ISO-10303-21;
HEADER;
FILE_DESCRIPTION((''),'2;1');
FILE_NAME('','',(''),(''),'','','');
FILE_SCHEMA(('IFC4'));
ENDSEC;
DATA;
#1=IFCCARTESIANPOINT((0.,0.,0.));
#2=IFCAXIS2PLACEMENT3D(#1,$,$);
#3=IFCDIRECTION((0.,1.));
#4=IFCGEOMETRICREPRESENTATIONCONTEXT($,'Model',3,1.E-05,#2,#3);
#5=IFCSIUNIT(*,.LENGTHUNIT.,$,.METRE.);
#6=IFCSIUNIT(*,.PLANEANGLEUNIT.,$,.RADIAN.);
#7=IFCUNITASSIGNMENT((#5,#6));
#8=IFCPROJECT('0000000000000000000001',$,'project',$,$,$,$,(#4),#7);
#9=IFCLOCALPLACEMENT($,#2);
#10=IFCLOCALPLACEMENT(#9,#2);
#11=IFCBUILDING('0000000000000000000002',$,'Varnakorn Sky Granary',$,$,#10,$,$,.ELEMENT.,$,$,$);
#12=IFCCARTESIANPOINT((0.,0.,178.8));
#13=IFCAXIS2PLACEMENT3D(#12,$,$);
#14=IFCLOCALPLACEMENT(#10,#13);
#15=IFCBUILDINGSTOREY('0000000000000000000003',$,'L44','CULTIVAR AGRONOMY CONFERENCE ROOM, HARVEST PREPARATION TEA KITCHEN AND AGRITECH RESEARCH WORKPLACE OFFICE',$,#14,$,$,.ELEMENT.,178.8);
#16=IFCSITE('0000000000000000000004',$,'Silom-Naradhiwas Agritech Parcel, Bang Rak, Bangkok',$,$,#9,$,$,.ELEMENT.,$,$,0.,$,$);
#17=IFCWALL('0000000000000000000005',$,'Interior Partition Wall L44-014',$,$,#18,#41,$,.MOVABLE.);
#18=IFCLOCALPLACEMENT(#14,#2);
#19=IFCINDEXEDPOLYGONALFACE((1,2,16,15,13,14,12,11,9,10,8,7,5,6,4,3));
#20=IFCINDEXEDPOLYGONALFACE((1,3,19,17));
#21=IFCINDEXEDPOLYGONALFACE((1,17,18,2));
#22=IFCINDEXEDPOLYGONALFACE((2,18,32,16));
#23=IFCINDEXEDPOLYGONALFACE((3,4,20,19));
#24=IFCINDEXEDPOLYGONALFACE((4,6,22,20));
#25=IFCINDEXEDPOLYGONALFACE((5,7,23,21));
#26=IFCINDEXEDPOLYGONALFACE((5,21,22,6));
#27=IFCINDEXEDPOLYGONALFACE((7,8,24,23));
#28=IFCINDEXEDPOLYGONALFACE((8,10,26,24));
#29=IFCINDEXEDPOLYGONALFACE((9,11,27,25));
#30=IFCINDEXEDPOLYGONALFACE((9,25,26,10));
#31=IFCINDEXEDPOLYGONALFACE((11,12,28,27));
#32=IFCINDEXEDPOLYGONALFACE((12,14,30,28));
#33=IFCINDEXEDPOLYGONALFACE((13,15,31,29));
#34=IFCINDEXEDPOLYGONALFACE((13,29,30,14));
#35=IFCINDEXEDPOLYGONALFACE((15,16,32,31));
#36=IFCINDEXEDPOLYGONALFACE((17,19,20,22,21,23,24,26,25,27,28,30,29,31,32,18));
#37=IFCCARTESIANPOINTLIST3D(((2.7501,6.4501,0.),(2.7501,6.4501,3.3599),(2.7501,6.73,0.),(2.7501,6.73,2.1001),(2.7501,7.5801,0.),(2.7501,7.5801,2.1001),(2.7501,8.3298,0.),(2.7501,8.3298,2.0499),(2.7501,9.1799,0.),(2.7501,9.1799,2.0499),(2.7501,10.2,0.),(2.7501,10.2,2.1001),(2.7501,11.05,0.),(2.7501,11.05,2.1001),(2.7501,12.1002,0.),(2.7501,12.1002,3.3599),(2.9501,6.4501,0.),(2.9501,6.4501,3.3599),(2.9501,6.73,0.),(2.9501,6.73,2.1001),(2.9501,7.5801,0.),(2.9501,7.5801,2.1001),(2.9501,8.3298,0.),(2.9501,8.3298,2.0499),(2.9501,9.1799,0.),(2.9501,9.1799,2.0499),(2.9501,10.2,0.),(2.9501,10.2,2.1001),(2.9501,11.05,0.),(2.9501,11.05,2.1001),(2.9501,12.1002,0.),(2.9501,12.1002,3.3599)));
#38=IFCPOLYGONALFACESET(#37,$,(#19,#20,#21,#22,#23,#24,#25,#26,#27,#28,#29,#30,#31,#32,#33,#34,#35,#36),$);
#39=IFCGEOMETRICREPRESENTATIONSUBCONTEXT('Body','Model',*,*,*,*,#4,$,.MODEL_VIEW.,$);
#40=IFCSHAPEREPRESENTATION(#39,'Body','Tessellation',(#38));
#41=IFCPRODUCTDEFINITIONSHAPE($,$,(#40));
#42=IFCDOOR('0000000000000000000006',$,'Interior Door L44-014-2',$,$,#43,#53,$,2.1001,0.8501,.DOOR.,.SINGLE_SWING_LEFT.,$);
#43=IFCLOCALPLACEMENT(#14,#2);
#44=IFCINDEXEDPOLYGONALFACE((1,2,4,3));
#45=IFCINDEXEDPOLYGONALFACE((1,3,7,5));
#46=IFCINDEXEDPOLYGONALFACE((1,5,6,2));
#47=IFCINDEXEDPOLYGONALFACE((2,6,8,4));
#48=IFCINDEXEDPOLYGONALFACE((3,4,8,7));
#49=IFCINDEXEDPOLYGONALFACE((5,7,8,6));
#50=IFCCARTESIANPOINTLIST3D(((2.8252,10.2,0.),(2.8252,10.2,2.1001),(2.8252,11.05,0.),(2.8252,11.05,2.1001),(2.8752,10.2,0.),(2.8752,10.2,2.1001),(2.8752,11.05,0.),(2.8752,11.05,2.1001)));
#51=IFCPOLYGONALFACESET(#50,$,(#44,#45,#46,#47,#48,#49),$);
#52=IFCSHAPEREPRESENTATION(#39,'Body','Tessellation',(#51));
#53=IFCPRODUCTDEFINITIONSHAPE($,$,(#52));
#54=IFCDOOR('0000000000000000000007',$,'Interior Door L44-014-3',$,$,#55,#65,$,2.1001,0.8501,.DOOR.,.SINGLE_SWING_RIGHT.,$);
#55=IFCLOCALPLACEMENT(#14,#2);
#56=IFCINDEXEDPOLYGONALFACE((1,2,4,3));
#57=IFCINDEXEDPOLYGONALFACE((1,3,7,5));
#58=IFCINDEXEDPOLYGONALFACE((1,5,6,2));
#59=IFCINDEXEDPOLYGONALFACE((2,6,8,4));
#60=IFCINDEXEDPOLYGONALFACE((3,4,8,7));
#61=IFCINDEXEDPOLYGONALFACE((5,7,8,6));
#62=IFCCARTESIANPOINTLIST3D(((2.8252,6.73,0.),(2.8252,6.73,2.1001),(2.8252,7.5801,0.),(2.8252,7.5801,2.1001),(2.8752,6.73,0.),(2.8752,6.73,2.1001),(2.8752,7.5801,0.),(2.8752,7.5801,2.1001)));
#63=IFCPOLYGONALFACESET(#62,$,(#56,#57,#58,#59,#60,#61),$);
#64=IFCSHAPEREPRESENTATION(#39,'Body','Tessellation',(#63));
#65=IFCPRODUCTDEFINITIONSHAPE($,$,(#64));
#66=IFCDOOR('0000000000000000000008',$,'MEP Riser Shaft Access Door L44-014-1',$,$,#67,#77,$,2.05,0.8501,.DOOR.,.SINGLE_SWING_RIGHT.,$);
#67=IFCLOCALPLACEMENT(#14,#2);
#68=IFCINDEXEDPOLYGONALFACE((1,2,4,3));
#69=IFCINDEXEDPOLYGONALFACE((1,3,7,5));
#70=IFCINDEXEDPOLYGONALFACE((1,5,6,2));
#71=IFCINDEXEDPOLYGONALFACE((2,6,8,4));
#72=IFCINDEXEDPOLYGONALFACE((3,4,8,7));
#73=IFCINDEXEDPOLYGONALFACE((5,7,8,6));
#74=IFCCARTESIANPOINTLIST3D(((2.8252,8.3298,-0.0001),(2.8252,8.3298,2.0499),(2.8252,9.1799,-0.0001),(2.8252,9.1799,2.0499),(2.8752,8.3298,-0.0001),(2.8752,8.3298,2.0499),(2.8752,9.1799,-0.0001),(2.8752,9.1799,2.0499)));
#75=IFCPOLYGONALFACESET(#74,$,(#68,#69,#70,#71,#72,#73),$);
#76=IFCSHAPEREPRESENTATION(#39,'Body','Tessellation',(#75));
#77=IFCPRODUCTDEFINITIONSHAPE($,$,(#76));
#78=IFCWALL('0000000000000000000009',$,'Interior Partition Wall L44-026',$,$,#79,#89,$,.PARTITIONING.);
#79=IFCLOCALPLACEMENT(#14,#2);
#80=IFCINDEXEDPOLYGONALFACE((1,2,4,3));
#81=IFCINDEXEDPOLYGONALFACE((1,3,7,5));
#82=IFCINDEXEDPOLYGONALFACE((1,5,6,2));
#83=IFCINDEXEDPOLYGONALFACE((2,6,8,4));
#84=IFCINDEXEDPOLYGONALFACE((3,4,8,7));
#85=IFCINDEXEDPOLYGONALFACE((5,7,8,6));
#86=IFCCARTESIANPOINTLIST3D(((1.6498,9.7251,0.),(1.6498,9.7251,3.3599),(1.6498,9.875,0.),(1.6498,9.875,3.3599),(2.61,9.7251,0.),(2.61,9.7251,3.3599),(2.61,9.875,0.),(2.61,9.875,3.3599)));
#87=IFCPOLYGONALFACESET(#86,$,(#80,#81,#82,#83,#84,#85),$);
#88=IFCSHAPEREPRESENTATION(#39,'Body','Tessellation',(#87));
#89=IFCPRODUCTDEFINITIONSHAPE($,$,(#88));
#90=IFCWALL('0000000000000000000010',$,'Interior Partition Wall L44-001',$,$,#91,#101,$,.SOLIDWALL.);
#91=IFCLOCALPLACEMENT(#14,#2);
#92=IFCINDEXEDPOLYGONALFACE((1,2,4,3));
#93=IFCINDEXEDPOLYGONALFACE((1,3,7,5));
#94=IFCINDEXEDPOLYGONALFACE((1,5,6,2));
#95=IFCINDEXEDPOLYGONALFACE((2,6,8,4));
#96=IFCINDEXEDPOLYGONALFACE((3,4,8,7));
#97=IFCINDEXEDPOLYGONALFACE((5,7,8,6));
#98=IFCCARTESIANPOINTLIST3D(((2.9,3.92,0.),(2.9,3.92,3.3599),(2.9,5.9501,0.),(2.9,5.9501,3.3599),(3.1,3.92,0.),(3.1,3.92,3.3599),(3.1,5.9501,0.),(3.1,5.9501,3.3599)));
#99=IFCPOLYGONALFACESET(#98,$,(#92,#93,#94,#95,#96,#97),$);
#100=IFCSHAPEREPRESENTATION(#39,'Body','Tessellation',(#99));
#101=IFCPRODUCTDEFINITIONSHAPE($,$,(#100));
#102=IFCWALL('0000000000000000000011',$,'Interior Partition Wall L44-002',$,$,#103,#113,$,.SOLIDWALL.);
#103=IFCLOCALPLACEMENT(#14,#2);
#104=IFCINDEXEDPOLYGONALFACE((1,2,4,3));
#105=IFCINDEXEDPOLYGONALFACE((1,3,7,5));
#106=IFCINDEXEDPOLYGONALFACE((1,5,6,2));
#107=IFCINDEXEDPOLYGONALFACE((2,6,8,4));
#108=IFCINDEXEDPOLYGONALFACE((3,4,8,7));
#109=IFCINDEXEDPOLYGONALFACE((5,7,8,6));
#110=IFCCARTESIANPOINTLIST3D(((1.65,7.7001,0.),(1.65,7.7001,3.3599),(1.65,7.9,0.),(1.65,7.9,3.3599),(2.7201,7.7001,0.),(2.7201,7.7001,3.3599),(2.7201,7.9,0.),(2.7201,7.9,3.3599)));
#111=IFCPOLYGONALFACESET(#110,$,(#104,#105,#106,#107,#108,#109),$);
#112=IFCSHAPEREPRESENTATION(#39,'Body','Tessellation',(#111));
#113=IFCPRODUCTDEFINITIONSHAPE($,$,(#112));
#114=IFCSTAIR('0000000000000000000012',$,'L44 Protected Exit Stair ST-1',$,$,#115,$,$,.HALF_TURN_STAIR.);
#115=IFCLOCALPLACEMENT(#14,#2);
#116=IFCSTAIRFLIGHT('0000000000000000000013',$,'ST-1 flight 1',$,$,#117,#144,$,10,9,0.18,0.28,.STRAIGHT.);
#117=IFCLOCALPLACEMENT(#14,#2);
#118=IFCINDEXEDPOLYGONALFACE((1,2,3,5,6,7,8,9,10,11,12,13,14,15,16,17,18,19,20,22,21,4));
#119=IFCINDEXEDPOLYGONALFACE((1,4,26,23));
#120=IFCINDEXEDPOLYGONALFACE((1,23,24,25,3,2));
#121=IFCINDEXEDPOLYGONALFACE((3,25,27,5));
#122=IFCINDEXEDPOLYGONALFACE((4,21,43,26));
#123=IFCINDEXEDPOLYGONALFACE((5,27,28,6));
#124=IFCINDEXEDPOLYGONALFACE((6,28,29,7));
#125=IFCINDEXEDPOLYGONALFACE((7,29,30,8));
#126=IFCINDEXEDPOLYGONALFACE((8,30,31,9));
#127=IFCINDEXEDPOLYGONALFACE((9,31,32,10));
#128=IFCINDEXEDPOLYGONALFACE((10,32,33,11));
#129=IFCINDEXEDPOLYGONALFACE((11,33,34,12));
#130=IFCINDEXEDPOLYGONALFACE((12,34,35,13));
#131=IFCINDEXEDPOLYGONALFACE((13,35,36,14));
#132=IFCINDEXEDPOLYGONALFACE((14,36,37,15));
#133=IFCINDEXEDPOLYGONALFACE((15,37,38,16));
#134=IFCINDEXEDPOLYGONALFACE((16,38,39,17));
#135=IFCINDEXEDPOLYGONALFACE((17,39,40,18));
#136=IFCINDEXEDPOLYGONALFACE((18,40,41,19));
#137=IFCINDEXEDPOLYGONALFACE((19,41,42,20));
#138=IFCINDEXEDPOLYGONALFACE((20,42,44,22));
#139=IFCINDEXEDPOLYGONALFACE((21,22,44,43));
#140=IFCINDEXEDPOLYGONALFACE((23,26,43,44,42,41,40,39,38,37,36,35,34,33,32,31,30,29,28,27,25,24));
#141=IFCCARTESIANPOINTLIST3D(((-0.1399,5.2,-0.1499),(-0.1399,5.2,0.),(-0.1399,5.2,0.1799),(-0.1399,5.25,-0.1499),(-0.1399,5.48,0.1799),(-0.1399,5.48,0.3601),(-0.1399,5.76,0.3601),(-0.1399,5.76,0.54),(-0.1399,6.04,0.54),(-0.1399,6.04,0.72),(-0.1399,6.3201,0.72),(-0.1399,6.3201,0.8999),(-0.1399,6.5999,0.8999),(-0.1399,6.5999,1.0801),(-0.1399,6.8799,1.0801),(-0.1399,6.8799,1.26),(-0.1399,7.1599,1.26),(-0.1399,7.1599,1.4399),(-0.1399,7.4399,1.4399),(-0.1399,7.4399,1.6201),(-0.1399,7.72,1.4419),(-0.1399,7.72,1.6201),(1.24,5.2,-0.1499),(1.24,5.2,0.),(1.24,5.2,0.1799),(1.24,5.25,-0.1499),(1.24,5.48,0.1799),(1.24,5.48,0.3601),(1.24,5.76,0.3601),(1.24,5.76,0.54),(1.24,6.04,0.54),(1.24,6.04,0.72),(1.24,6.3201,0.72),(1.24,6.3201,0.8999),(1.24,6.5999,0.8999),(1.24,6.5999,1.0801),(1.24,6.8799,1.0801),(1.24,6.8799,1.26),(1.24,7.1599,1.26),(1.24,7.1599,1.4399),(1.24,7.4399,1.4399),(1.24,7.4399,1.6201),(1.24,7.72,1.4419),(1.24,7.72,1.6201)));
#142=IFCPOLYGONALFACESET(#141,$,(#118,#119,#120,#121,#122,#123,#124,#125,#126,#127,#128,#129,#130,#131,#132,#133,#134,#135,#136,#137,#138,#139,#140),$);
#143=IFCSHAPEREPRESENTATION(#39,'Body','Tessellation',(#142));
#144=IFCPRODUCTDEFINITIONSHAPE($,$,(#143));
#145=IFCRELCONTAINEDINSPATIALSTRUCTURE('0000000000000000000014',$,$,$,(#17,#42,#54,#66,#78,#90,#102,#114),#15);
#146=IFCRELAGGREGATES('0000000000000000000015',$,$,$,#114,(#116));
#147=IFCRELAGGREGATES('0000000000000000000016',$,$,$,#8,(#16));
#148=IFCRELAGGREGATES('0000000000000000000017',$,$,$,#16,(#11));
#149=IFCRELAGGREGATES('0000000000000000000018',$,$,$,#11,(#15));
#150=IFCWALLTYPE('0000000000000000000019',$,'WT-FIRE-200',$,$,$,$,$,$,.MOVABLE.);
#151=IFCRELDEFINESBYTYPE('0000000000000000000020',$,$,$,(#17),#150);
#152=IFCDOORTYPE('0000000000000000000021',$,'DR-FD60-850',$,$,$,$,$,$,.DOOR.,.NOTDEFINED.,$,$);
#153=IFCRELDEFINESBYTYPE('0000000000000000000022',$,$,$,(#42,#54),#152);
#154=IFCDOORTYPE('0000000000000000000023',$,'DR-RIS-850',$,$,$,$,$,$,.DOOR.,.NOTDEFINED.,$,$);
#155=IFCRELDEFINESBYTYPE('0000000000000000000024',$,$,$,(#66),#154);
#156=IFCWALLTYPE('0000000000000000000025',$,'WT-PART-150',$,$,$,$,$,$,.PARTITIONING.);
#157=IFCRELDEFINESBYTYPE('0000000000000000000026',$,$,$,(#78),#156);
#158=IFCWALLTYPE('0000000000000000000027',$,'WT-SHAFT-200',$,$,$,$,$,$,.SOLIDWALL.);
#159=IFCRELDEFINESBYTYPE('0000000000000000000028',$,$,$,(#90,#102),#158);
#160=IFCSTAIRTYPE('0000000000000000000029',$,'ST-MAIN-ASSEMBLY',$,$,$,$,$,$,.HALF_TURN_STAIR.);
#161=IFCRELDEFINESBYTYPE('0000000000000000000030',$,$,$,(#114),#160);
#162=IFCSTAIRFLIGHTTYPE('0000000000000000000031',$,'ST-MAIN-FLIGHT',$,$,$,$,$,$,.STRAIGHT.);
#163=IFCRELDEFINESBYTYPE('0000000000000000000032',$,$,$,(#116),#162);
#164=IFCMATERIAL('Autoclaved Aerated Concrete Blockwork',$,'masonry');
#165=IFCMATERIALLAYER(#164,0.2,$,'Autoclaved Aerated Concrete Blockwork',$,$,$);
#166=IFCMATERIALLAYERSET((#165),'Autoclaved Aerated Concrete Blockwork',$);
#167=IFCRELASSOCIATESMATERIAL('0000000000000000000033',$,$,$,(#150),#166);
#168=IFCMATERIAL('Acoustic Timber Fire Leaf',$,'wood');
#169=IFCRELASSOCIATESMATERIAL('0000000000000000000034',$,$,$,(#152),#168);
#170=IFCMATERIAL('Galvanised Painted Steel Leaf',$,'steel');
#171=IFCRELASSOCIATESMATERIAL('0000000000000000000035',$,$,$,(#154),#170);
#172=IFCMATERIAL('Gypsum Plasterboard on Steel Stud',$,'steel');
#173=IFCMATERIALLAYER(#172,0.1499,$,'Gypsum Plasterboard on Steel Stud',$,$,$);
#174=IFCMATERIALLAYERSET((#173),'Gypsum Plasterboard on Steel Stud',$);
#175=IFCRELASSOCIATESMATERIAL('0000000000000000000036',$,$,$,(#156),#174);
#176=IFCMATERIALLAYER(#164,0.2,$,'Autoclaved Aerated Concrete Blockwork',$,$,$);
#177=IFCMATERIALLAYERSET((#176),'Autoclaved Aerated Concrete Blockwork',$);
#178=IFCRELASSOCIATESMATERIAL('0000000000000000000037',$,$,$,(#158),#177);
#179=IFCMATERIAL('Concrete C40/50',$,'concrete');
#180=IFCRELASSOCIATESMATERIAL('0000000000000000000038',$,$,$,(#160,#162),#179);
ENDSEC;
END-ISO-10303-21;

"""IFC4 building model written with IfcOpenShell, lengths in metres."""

from ifc_helpers import new_model, si_unit, direction, frame, frame_2d, origin, place, context, subcontext, project, spatial, polyline, rectangle, outline, extrude, material, layer, layer_set, type_object, element, fill, aggregate, save


model = new_model("IFC4")

# Units and contexts
model_context = context("Model", 3, precision=1e-05, world=origin(), true_north=direction((0.0, 1.0)))
body_context = subcontext(model_context, "Body", "Model", "MODEL_VIEW")
ifc_project = project(units=[si_unit("LENGTHUNIT", "METRE"), si_unit("PLANEANGLEUNIT", "RADIAN")], contexts=[model_context])

# Site, building, storey
site_placement = place(None, origin())
site = spatial("IfcSite", under=ifc_project, at=site_placement, Name="Silom-Naradhiwas Agritech Parcel, Bang Rak, Bangkok", CompositionType="ELEMENT", RefElevation=0.0)
building_placement = place(site_placement, origin())
building = spatial("IfcBuilding", under=site, at=building_placement, Name="Varnakorn Sky Granary", CompositionType="ELEMENT")
storey_placement = place(building_placement, frame((0.0, 0.0, 178.8)))
storey = spatial("IfcBuildingStorey", under=building, at=storey_placement, Name="L44", Description="CULTIVAR AGRONOMY CONFERENCE ROOM, HARVEST PREPARATION TEA KITCHEN AND AGRITECH RESEARCH WORKPLACE OFFICE", CompositionType="ELEMENT", Elevation=178.8)

# Wall, openings, doors
ifc_material_1 = material(Name="Autoclaved Aerated Concrete Blockwork", Category="masonry")
ifc_layer_1 = layer(ifc_material_1, 0.2, Name="Autoclaved Aerated Concrete Blockwork")
ifc_layer_set_1 = layer_set([ifc_layer_1], Name="Autoclaved Aerated Concrete Blockwork")
wall_type_1 = type_object("IfcWallType", Name="WT-FIRE-200", PredefinedType="MOVABLE", material=ifc_layer_set_1)
wall_1_placement = place(storey_placement, frame((2.8501, 6.45, 0.0), z_axis=(0.0, 0.0, 1.0), x_axis=(0.0, 1.0, 0.0)))
wall_1 = element("IfcWall", 1, at=wall_1_placement, inside=storey, type_object=wall_type_1, Name="Interior Partition Wall L44-014", PredefinedType="MOVABLE", context=body_context, shape_type="SweptSolid", body=[
    extrude(rectangle(XDim=5.6501, YDim=0.2, at=frame_2d((2.8252, 0.0))), origin(), (0.0, 0.0, 1.0), 3.3599),
])
opening_1_placement = place(wall_1_placement, frame((1.8799, 0.0, 0.0)))
opening_1 = element("IfcOpeningElement", 2, at=opening_1_placement, cuts=wall_1, PredefinedType="OPENING", context=body_context, shape_type="SweptSolid", body=[
    extrude(rectangle(XDim=0.8501, YDim=2.05, at=frame_2d((0.425, 1.0249))), frame((0.0, 0.1099, 0.0), z_axis=(0.0, -1.0, 0.0), x_axis=(1.0, 0.0, 0.0)), (0.0, 0.0, 1.0), 0.22),
])
opening_2_placement = place(wall_1_placement, frame((3.75, 0.0, 0.0)))
opening_2 = element("IfcOpeningElement", 3, at=opening_2_placement, cuts=wall_1, PredefinedType="OPENING", context=body_context, shape_type="SweptSolid", body=[
    extrude(rectangle(XDim=0.8501, YDim=2.1001, at=frame_2d((0.425, 1.05))), frame((0.0, 0.1099, 0.0), z_axis=(0.0, -1.0, 0.0), x_axis=(1.0, 0.0, 0.0)), (0.0, 0.0, 1.0), 0.22),
])
opening_3_placement = place(wall_1_placement, frame((0.28, 0.0, 0.0)))
opening_3 = element("IfcOpeningElement", 4, at=opening_3_placement, cuts=wall_1, PredefinedType="OPENING", context=body_context, shape_type="SweptSolid", body=[
    extrude(rectangle(XDim=0.8501, YDim=2.1001, at=frame_2d((0.425, 1.05))), frame((0.0, 0.1099, 0.0), z_axis=(0.0, -1.0, 0.0), x_axis=(1.0, 0.0, 0.0)), (0.0, 0.0, 1.0), 0.22),
])
ifc_material_2 = material(Name="Acoustic Timber Fire Leaf", Category="wood")
door_type_1 = type_object("IfcDoorType", Name="DR-FD60-850", OperationType="NOTDEFINED", PredefinedType="DOOR", material=ifc_material_2)
door_1_placement = place(opening_2_placement, origin())
door_1 = element("IfcDoor", 5, at=door_1_placement, inside=storey, type_object=door_type_1, Name="Interior Door L44-014-2", OperationType="SINGLE_SWING_LEFT", OverallHeight=2.1001, OverallWidth=0.8501, PredefinedType="DOOR", context=body_context, shape_type="SweptSolid", body=[
    extrude(rectangle(XDim=0.8501, YDim=2.1001, at=frame_2d((0.425, 1.05))), frame((0.0, 0.0249, 0.0), z_axis=(0.0, -1.0, 0.0), x_axis=(1.0, 0.0, 0.0)), (0.0, 0.0, 1.0), 0.05),
])
fill(opening_2, door_1)
door_2_placement = place(opening_3_placement, origin())
door_2 = element("IfcDoor", 6, at=door_2_placement, inside=storey, type_object=door_type_1, Name="Interior Door L44-014-3", OperationType="SINGLE_SWING_RIGHT", OverallHeight=2.1001, OverallWidth=0.8501, PredefinedType="DOOR", context=body_context, shape_type="SweptSolid", body=[
    extrude(rectangle(XDim=0.8501, YDim=2.1001, at=frame_2d((0.425, 1.05))), frame((0.0, 0.0249, 0.0), z_axis=(0.0, -1.0, 0.0), x_axis=(1.0, 0.0, 0.0)), (0.0, 0.0, 1.0), 0.05),
])
fill(opening_3, door_2)
ifc_material_3 = material(Name="Galvanised Painted Steel Leaf", Category="steel")
door_type_2 = type_object("IfcDoorType", Name="DR-RIS-850", OperationType="NOTDEFINED", PredefinedType="DOOR", material=ifc_material_3)
door_3_placement = place(opening_1_placement, origin())
door_3 = element("IfcDoor", 7, at=door_3_placement, inside=storey, type_object=door_type_2, Name="MEP Riser Shaft Access Door L44-014-1", OperationType="SINGLE_SWING_RIGHT", OverallHeight=2.05, OverallWidth=0.8501, PredefinedType="DOOR", context=body_context, shape_type="SweptSolid", body=[
    extrude(rectangle(XDim=0.8501, YDim=2.05, at=frame_2d((0.425, 1.0249))), frame((0.0, 0.0249, 0.0), z_axis=(0.0, -1.0, 0.0), x_axis=(1.0, 0.0, 0.0)), (0.0, 0.0, 1.0), 0.05),
])
fill(opening_1, door_3)

# Walls
ifc_material_4 = material(Name="Gypsum Plasterboard on Steel Stud", Category="steel")
ifc_layer_2 = layer(ifc_material_4, 0.1499, Name="Gypsum Plasterboard on Steel Stud")
ifc_layer_set_2 = layer_set([ifc_layer_2], Name="Gypsum Plasterboard on Steel Stud")
wall_type_2 = type_object("IfcWallType", Name="WT-PART-150", PredefinedType="PARTITIONING", material=ifc_layer_set_2)
wall_2_placement = place(storey_placement, frame((1.6499, 9.8, 0.0), z_axis=(0.0, 0.0, 1.0), x_axis=(1.0, 0.0, 0.0)))
element("IfcWall", 8, at=wall_2_placement, inside=storey, type_object=wall_type_2, Name="Interior Partition Wall L44-026", PredefinedType="PARTITIONING", context=body_context, shape_type="SweptSolid", body=[
    extrude(rectangle(XDim=0.9602, YDim=0.1499, at=frame_2d((0.48, 0.0))), origin(), (0.0, 0.0, 1.0), 3.3599),
])
ifc_layer_3 = layer(ifc_material_1, 0.2, Name="Autoclaved Aerated Concrete Blockwork")
ifc_layer_set_3 = layer_set([ifc_layer_3], Name="Autoclaved Aerated Concrete Blockwork")
wall_type_3 = type_object("IfcWallType", Name="WT-SHAFT-200", PredefinedType="SOLIDWALL", material=ifc_layer_set_3)
wall_3_placement = place(storey_placement, frame((3.0, 3.9199, 0.0), z_axis=(0.0, 0.0, 1.0), x_axis=(0.0, 1.0, 0.0)))
element("IfcWall", 9, at=wall_3_placement, inside=storey, type_object=wall_type_3, Name="Interior Partition Wall L44-001", PredefinedType="SOLIDWALL", context=body_context, shape_type="SweptSolid", body=[
    extrude(rectangle(XDim=2.03, YDim=0.2, at=frame_2d((1.0151, 0.0))), origin(), (0.0, 0.0, 1.0), 3.3599),
])
wall_4_placement = place(storey_placement, frame((1.6499, 7.8, 0.0), z_axis=(0.0, 0.0, 1.0), x_axis=(1.0, 0.0, 0.0)))
element("IfcWall", 10, at=wall_4_placement, inside=storey, type_object=wall_type_3, Name="Interior Partition Wall L44-002", PredefinedType="SOLIDWALL", context=body_context, shape_type="SweptSolid", body=[
    extrude(rectangle(XDim=1.0701, YDim=0.2, at=frame_2d((0.5352, 0.0))), origin(), (0.0, 0.0, 1.0), 3.3599),
])

# Stair, stair flight
ifc_material_5 = material(Name="Concrete C40/50", Category="concrete")
stair_type = type_object("IfcStairType", Name="ST-MAIN-ASSEMBLY", PredefinedType="HALF_TURN_STAIR", material=ifc_material_5)
stair_placement = place(storey_placement, origin())
stair = element("IfcStair", 11, at=stair_placement, inside=storey, type_object=stair_type, Name="L44 Protected Exit Stair ST-1", PredefinedType="HALF_TURN_STAIR")
stair_flight_type = type_object("IfcStairFlightType", Name="ST-MAIN-FLIGHT", PredefinedType="STRAIGHT", material=ifc_material_5)
stair_flight_1_placement = place(storey_placement, frame((0.55, 5.2, 0.0), z_axis=(0.0, 0.0, 1.0), x_axis=(0.0, 1.0, 0.0)))
stair_flight_1 = element("IfcStairFlight", 12, at=stair_flight_1_placement, type_object=stair_flight_type, Name="ST-1 flight 1", NumberOfRisers=10, NumberOfTreads=9, PredefinedType="STRAIGHT", RiserHeight=0.18, TreadLength=0.28, context=body_context, shape_type="SweptSolid", body=[
    extrude(outline(polyline([(0.0, -0.1499), (0.0, 0.0), (0.0, 0.1799), (0.28, 0.1799), (0.28, 0.3601), (0.5601, 0.3601), (0.5601, 0.54), (0.8401, 0.54), (0.8401, 0.72), (1.1201, 0.72), (1.1201, 0.8999), (1.3999, 0.8999), (1.3999, 1.0801), (1.6799, 1.0801), (1.6799, 1.26), (1.96, 1.26), (1.96, 1.4399), (2.24, 1.4399), (2.24, 1.6201), (2.52, 1.6201), (2.52, 1.8), (2.52, 1.4419), (0.05, -0.1499), (0.0, -0.1499)])), frame((0.0, 0.6899, 0.0), z_axis=(0.0, -1.0, 0.0), x_axis=(1.0, 0.0, 0.0)), (0.0, 0.0, 1.0), 1.3799),
])
aggregate(stair, [stair_flight_1])

save(model, "model.ifc")
